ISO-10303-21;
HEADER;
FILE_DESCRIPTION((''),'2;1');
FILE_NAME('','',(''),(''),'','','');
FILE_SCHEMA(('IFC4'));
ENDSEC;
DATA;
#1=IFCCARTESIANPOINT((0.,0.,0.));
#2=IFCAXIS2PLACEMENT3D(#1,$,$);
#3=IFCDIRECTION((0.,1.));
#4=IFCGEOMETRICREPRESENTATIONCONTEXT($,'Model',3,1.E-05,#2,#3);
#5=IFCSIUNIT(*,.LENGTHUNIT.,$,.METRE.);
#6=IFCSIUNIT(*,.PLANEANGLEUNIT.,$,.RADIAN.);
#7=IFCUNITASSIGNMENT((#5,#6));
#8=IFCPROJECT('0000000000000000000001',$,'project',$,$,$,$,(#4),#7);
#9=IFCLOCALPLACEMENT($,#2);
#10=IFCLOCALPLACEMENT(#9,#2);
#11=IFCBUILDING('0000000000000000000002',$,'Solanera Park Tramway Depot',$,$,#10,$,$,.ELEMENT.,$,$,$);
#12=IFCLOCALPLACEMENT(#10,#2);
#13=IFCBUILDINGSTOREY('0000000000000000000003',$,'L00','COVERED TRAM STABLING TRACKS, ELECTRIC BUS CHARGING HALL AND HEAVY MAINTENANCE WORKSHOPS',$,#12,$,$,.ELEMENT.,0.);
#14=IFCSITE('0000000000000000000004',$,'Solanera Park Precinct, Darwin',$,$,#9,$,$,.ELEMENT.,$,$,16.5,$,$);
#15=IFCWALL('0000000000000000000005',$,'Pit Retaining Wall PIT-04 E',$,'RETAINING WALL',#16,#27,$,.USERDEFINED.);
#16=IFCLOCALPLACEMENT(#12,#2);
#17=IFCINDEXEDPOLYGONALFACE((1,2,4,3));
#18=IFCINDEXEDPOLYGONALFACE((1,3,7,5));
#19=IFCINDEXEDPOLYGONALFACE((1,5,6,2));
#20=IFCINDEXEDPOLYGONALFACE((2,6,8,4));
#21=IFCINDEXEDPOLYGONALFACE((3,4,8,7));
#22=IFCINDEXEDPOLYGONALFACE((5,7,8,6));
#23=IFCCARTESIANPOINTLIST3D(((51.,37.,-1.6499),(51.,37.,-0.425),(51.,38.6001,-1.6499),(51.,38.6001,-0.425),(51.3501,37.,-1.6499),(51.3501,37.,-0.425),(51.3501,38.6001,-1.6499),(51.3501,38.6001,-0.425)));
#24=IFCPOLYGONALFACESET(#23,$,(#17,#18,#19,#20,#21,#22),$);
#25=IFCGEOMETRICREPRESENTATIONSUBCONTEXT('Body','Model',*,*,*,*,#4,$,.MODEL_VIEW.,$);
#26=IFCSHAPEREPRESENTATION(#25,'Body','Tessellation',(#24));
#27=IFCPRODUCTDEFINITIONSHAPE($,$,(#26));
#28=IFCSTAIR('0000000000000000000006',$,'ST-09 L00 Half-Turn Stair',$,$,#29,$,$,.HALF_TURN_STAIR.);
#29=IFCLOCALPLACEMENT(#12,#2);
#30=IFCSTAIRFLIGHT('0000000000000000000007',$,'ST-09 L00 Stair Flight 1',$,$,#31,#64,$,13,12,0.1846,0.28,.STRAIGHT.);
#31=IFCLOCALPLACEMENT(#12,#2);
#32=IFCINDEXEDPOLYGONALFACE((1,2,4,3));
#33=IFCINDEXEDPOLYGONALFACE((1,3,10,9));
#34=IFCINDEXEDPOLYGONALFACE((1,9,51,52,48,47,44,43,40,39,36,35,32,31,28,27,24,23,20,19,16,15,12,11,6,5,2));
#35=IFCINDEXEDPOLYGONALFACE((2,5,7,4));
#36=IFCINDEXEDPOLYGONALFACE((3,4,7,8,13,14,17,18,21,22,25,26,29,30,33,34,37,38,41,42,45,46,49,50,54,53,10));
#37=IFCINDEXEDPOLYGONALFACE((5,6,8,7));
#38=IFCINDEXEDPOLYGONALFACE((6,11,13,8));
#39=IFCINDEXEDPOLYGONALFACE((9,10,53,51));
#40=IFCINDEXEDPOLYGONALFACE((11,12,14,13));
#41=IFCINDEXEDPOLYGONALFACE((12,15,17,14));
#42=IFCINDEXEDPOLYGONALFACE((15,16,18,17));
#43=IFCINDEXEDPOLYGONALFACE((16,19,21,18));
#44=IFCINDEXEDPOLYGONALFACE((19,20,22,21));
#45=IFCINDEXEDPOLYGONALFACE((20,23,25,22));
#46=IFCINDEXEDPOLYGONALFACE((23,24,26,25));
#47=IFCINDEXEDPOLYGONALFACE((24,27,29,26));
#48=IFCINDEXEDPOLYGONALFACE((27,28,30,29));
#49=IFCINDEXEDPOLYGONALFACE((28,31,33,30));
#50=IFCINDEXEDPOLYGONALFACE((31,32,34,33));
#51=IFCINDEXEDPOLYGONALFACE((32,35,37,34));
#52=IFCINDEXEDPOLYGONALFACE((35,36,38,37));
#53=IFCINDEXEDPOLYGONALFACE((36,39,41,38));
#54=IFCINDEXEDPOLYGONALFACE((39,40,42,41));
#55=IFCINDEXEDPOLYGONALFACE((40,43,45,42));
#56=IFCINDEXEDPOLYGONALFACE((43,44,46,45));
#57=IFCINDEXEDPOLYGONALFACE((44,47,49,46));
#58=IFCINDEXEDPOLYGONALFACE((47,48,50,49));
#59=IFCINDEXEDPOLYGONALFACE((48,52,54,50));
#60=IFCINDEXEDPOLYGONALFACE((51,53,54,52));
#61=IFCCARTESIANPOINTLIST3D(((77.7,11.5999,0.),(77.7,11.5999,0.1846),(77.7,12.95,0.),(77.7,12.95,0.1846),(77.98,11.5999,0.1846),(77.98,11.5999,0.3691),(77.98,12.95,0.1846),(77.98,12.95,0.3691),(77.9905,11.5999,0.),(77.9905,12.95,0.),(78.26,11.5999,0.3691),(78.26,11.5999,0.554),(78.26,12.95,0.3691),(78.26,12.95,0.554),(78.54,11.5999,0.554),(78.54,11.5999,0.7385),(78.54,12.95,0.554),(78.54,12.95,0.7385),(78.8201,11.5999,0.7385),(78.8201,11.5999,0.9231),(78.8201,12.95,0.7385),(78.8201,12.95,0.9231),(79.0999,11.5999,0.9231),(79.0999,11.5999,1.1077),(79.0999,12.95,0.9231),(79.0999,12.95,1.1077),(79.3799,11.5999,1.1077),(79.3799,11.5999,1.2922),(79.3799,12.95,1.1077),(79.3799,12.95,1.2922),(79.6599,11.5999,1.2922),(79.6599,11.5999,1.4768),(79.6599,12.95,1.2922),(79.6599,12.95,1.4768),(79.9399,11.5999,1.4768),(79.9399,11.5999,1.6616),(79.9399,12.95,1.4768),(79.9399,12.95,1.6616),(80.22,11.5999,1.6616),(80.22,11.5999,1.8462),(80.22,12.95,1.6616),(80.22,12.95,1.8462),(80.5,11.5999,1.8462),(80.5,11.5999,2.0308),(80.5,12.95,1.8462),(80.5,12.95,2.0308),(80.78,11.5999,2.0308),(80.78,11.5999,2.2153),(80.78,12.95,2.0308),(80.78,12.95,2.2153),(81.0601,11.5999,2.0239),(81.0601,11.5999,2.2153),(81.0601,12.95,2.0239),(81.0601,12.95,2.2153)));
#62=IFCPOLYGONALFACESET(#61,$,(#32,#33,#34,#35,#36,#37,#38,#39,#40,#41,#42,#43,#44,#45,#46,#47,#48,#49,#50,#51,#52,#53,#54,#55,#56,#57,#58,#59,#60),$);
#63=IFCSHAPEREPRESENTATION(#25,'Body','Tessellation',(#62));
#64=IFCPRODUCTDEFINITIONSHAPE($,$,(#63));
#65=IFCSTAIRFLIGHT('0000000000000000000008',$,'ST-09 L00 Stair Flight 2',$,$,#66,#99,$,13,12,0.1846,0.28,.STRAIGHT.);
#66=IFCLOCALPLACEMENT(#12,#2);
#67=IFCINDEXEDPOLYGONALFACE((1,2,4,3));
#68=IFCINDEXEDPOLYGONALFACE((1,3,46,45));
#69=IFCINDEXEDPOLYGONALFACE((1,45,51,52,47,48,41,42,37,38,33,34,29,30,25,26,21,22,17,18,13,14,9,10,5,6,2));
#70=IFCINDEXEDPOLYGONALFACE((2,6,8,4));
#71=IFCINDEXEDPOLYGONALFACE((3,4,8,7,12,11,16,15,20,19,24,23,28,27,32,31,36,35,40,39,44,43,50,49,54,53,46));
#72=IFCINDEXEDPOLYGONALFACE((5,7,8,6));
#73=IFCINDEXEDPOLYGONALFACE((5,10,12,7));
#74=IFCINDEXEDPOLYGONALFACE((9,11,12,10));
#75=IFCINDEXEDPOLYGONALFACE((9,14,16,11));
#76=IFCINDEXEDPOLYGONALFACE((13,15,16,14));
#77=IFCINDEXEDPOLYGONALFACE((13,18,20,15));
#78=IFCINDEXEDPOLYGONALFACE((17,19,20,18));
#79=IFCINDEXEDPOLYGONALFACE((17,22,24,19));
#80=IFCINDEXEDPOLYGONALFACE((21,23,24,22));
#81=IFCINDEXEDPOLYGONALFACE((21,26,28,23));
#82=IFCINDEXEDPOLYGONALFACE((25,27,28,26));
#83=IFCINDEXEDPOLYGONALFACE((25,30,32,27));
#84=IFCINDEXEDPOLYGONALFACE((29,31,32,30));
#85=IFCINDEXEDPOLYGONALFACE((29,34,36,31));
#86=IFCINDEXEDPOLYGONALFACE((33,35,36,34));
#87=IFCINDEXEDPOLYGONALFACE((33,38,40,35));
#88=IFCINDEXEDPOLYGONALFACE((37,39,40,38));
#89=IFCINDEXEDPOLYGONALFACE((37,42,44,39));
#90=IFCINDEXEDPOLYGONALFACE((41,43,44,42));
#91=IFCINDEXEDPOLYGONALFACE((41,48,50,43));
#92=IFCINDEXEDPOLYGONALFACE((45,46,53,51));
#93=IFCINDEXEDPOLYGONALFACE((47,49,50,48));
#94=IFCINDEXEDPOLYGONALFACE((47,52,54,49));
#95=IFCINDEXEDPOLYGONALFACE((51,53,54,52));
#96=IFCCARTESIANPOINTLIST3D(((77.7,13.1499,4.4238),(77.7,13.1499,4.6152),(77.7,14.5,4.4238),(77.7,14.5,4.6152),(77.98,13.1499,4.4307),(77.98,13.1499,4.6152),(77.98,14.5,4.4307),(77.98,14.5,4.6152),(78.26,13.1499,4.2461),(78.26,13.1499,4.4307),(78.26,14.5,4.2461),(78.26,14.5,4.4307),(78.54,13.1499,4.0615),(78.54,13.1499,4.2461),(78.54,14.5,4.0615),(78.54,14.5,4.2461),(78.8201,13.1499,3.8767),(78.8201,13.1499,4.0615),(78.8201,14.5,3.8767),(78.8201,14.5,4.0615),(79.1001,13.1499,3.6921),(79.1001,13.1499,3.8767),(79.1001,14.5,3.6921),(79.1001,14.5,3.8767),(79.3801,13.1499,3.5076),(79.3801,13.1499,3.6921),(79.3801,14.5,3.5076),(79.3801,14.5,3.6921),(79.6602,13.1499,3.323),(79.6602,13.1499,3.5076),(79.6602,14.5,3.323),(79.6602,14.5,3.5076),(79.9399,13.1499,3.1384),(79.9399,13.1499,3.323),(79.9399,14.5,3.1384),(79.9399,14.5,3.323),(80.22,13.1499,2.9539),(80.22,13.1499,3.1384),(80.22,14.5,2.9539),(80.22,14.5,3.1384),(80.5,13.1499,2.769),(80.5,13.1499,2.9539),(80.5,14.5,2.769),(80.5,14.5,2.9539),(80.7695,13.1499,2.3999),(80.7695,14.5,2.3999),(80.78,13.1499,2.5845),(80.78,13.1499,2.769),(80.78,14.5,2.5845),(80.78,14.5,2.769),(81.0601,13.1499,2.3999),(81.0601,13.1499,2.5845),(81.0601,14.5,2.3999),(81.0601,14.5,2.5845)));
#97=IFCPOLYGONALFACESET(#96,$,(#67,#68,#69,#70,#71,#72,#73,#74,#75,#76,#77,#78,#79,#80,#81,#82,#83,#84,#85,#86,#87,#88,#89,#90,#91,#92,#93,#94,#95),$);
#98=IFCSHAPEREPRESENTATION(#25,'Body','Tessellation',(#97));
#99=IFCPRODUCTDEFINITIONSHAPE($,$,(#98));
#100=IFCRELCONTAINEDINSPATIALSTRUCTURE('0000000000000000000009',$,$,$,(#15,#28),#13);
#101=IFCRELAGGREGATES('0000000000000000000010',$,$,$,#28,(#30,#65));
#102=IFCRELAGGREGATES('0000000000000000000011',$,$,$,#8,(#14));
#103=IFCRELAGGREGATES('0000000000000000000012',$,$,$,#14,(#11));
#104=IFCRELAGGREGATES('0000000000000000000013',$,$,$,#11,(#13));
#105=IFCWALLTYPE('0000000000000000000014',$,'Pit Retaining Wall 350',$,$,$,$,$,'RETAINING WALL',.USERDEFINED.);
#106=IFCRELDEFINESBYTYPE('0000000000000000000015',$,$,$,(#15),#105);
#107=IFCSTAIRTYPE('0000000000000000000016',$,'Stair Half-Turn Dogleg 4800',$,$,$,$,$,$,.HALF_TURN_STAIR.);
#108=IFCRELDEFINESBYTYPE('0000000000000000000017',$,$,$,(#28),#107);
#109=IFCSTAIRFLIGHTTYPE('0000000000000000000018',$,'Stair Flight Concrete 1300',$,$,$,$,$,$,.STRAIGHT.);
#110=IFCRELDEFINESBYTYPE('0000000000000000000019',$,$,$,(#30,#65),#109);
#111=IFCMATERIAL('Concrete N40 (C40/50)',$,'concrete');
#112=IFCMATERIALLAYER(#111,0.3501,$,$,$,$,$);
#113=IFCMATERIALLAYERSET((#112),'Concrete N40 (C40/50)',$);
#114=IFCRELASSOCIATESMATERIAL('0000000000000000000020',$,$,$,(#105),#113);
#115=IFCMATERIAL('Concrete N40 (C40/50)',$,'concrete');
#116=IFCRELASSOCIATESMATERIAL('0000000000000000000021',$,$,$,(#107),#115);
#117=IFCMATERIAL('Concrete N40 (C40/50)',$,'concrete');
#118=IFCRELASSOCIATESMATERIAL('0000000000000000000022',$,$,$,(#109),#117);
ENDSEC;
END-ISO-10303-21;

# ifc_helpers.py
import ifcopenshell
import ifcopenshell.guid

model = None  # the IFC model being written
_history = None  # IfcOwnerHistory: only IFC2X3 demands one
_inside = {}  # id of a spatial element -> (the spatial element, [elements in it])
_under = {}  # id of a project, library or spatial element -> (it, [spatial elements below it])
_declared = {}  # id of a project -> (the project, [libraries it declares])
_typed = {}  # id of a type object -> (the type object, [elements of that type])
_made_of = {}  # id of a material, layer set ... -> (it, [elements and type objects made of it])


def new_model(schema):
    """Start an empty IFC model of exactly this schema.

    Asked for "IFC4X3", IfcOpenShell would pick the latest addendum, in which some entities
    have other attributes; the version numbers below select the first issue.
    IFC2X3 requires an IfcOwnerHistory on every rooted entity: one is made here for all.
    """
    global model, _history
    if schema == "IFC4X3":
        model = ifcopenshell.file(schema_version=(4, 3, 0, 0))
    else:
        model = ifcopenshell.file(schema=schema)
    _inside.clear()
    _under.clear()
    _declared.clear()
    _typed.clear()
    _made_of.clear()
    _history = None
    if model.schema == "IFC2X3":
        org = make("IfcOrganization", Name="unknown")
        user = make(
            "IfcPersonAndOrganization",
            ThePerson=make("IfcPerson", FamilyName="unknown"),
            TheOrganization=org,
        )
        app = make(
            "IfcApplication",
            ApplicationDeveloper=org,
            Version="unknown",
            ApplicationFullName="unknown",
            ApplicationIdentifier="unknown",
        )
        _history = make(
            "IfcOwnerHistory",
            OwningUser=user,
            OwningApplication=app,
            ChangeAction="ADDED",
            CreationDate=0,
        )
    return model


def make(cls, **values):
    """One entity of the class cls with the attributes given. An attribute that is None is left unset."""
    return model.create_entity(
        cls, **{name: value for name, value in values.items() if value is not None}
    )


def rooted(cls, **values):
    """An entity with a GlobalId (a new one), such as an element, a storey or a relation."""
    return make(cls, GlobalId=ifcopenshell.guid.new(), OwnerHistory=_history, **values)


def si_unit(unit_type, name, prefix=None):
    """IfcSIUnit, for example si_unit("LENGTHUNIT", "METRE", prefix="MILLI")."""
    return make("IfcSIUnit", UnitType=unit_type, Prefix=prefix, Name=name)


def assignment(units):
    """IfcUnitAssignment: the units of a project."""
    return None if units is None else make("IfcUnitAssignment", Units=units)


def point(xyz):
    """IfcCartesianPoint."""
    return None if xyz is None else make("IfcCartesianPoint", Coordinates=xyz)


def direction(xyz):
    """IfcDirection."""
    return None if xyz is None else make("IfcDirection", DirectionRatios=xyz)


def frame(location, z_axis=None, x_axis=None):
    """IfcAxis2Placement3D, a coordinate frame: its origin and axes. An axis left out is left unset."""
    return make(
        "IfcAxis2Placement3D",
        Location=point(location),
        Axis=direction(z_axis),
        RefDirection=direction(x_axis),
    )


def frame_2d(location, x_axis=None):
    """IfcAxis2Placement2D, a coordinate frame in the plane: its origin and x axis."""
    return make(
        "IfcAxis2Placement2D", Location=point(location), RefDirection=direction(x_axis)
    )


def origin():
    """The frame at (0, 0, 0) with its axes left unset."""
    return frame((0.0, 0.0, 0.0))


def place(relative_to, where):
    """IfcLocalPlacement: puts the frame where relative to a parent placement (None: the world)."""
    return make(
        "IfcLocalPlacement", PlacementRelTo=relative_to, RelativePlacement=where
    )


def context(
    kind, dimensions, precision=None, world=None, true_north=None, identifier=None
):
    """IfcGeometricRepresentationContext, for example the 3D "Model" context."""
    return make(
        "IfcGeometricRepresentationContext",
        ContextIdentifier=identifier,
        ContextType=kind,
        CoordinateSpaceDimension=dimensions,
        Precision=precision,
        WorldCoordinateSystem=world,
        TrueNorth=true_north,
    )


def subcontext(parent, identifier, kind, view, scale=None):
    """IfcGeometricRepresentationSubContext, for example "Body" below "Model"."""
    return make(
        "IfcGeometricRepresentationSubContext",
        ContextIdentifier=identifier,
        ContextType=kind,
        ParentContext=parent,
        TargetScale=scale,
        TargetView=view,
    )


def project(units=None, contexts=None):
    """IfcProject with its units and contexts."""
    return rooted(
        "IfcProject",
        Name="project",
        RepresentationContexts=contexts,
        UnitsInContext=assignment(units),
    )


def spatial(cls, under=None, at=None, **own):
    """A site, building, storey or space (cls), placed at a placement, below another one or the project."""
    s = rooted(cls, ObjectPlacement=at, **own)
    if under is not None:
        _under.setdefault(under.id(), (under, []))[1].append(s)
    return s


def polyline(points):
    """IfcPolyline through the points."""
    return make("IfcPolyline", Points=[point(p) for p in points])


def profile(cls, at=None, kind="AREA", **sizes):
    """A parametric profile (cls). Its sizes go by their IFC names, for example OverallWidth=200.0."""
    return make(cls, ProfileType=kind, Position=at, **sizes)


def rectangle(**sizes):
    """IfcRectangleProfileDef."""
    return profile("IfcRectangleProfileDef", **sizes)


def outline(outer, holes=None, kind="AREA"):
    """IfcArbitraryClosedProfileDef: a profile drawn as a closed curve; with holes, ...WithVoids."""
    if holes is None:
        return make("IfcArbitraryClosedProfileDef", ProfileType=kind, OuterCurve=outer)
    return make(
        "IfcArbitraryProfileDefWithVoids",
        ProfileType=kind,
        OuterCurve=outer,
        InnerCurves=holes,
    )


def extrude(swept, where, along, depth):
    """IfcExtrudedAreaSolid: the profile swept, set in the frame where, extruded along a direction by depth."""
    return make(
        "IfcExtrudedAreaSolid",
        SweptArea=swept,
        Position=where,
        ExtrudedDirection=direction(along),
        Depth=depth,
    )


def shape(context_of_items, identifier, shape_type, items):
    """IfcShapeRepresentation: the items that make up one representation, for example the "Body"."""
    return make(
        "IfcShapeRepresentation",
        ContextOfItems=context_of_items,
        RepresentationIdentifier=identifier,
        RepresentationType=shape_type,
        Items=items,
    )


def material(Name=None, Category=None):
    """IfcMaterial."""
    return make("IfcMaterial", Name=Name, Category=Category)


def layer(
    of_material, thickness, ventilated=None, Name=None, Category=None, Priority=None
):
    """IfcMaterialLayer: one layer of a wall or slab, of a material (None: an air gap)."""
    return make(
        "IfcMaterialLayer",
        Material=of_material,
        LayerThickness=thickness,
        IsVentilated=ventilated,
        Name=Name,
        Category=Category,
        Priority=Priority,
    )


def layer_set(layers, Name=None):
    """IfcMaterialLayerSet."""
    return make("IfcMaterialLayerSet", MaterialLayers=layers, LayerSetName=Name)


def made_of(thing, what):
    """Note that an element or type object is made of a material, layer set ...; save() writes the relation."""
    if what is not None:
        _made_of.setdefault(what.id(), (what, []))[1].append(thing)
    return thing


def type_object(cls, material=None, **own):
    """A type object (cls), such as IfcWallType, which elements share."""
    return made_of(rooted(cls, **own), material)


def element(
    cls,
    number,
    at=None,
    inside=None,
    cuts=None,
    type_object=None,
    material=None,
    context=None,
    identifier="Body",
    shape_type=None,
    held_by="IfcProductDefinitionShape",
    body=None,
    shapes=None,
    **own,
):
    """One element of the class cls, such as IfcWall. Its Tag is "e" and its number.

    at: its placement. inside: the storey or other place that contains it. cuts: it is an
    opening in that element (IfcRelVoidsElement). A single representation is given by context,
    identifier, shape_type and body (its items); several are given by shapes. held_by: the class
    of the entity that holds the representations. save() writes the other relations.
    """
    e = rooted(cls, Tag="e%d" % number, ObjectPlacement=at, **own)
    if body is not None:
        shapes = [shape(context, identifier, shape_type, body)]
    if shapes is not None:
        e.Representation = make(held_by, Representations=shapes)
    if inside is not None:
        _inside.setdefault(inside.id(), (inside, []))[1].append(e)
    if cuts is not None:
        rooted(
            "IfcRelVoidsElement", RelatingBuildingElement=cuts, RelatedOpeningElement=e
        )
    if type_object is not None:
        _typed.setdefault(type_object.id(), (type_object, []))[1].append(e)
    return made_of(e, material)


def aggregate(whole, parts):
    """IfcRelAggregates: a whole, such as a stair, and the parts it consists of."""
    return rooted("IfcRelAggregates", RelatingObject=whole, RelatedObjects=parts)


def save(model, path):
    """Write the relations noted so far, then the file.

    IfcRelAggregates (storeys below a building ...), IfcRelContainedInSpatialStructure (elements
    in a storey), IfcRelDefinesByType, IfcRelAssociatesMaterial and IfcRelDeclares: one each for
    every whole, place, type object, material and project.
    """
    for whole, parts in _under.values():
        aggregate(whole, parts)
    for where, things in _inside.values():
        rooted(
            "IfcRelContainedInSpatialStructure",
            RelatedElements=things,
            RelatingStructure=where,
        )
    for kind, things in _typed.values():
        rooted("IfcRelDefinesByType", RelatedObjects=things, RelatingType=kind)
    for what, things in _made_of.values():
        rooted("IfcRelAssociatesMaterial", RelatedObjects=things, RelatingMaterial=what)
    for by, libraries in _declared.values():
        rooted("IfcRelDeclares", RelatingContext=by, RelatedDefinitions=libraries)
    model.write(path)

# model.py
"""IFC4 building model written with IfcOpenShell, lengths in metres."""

from ifc_helpers import new_model, si_unit, direction, frame, frame_2d, origin, place, context, subcontext, project, spatial, polyline, rectangle, outline, extrude, material, layer, layer_set, type_object, element, aggregate, save


model = new_model("IFC4")

# Units and contexts
model_context = context("Model", 3, precision=1e-05, world=origin(), true_north=direction((0.0, 1.0)))
body_context = subcontext(model_context, "Body", "Model", "MODEL_VIEW")
ifc_project = project(units=[si_unit("LENGTHUNIT", "METRE"), si_unit("PLANEANGLEUNIT", "RADIAN")], contexts=[model_context])

# Site, building, storey
site_placement = place(None, origin())
site = spatial("IfcSite", under=ifc_project, at=site_placement, Name="Solanera Park Precinct, Darwin", CompositionType="ELEMENT", RefElevation=16.5)
building_placement = place(site_placement, origin())
building = spatial("IfcBuilding", under=site, at=building_placement, Name="Solanera Park Tramway Depot", CompositionType="ELEMENT")
storey_placement = place(building_placement, origin())
storey = spatial("IfcBuildingStorey", under=building, at=storey_placement, Name="L00", Description="COVERED TRAM STABLING TRACKS, ELECTRIC BUS CHARGING HALL AND HEAVY MAINTENANCE WORKSHOPS", CompositionType="ELEMENT", Elevation=0.0)

# Wall
ifc_material_1 = material(Name="Concrete N40 (C40/50)", Category="concrete")
ifc_layer_1 = layer(ifc_material_1, 0.3501)
ifc_layer_set_1 = layer_set([ifc_layer_1], Name="Concrete N40 (C40/50)")
wall_type_1 = type_object("IfcWallType", Name="Pit Retaining Wall 350", ElementType="RETAINING WALL", PredefinedType="USERDEFINED", material=ifc_layer_set_1)
wall_1_placement = place(storey_placement, frame((51.175, 37.0, -1.6499), z_axis=(0.0, 0.0, 1.0), x_axis=(0.0, 1.0, 0.0)))
element("IfcWall", 1, at=wall_1_placement, inside=storey, type_object=wall_type_1, Name="Pit Retaining Wall PIT-04 E", ObjectType="RETAINING WALL", PredefinedType="USERDEFINED", context=body_context, shape_type="SweptSolid", body=[
    extrude(rectangle(XDim=1.6001, YDim=0.3501, at=frame_2d((0.8, 0.0))), origin(), (0.0, 0.0, 1.0), 1.2249),
])

# Stair, stair flights
ifc_material_2 = material(Name="Concrete N40 (C40/50)", Category="concrete")
stair_type = type_object("IfcStairType", Name="Stair Half-Turn Dogleg 4800", PredefinedType="HALF_TURN_STAIR", material=ifc_material_2)
stair_placement = place(storey_placement, origin())
stair = element("IfcStair", 2, at=stair_placement, inside=storey, type_object=stair_type, Name="ST-09 L00 Half-Turn Stair", PredefinedType="HALF_TURN_STAIR")
ifc_material_3 = material(Name="Concrete N40 (C40/50)", Category="concrete")
stair_flight_type = type_object("IfcStairFlightType", Name="Stair Flight Concrete 1300", PredefinedType="STRAIGHT", material=ifc_material_3)
stair_flight_1_placement = place(storey_placement, frame((77.7, 12.2749, 0.0), z_axis=(0.0, 0.0, 1.0), x_axis=(1.0, 0.0, 0.0)))
stair_flight_1 = element("IfcStairFlight", 3, at=stair_flight_1_placement, type_object=stair_flight_type, Name="ST-09 L00 Stair Flight 1", NumberOfRisers=13, NumberOfTreads=12, PredefinedType="STRAIGHT", RiserHeight=0.1846, TreadLength=0.28, context=body_context, shape_type="SweptSolid", body=[
    extrude(outline(polyline([(0.0, 0.0), (0.0, 0.1846), (0.28, 0.1846), (0.28, 0.3691), (0.5601, 0.3691), (0.5601, 0.554), (0.8401, 0.554), (0.8401, 0.7385), (1.1201, 0.7385), (1.1201, 0.9231), (1.3999, 0.9231), (1.3999, 1.1077), (1.6799, 1.1077), (1.6799, 1.2922), (1.96, 1.2922), (1.96, 1.4768), (2.24, 1.4768), (2.24, 1.6616), (2.52, 1.6616), (2.52, 1.8462), (2.8, 1.8462), (2.8, 2.0308), (3.0801, 2.0308), (3.0801, 2.2153), (3.3601, 2.2153), (3.3601, 2.3999), (3.3601, 2.0239), (0.2905, 0.0), (0.0, 0.0)])), frame((0.0, 0.675, 0.0), z_axis=(0.0, -1.0, 0.0), x_axis=(1.0, 0.0, 0.0)), (0.0, 0.0, 1.0), 1.3501),
])
stair_flight_2_placement = place(storey_placement, frame((81.0601, 13.825, 2.3999), z_axis=(0.0, 0.0, 1.0), x_axis=(-1.0, 0.0, 0.0)))
stair_flight_2 = element("IfcStairFlight", 4, at=stair_flight_2_placement, type_object=stair_flight_type, Name="ST-09 L00 Stair Flight 2", NumberOfRisers=13, NumberOfTreads=12, PredefinedType="STRAIGHT", RiserHeight=0.1846, TreadLength=0.28, context=body_context, shape_type="SweptSolid", body=[
    extrude(outline(polyline([(0.0, 0.0), (0.0, 0.1846), (0.28, 0.1846), (0.28, 0.3691), (0.5601, 0.3691), (0.5601, 0.554), (0.8401, 0.554), (0.8401, 0.7385), (1.1201, 0.7385), (1.1201, 0.9231), (1.3999, 0.9231), (1.3999, 1.1077), (1.6799, 1.1077), (1.6799, 1.2922), (1.96, 1.2922), (1.96, 1.4768), (2.24, 1.4768), (2.24, 1.6616), (2.52, 1.6616), (2.52, 1.8462), (2.8, 1.8462), (2.8, 2.0308), (3.0801, 2.0308), (3.0801, 2.2153), (3.3601, 2.2153), (3.3601, 2.3999), (3.3601, 2.0239), (0.2905, 0.0), (0.0, 0.0)])), frame((0.0, 0.675, 0.0), z_axis=(0.0, -1.0, 0.0), x_axis=(1.0, 0.0, 0.0)), (0.0, 0.0, 1.0), 1.3501),
])
aggregate(stair, [stair_flight_1, stair_flight_2])

save(model, "model.ifc")
